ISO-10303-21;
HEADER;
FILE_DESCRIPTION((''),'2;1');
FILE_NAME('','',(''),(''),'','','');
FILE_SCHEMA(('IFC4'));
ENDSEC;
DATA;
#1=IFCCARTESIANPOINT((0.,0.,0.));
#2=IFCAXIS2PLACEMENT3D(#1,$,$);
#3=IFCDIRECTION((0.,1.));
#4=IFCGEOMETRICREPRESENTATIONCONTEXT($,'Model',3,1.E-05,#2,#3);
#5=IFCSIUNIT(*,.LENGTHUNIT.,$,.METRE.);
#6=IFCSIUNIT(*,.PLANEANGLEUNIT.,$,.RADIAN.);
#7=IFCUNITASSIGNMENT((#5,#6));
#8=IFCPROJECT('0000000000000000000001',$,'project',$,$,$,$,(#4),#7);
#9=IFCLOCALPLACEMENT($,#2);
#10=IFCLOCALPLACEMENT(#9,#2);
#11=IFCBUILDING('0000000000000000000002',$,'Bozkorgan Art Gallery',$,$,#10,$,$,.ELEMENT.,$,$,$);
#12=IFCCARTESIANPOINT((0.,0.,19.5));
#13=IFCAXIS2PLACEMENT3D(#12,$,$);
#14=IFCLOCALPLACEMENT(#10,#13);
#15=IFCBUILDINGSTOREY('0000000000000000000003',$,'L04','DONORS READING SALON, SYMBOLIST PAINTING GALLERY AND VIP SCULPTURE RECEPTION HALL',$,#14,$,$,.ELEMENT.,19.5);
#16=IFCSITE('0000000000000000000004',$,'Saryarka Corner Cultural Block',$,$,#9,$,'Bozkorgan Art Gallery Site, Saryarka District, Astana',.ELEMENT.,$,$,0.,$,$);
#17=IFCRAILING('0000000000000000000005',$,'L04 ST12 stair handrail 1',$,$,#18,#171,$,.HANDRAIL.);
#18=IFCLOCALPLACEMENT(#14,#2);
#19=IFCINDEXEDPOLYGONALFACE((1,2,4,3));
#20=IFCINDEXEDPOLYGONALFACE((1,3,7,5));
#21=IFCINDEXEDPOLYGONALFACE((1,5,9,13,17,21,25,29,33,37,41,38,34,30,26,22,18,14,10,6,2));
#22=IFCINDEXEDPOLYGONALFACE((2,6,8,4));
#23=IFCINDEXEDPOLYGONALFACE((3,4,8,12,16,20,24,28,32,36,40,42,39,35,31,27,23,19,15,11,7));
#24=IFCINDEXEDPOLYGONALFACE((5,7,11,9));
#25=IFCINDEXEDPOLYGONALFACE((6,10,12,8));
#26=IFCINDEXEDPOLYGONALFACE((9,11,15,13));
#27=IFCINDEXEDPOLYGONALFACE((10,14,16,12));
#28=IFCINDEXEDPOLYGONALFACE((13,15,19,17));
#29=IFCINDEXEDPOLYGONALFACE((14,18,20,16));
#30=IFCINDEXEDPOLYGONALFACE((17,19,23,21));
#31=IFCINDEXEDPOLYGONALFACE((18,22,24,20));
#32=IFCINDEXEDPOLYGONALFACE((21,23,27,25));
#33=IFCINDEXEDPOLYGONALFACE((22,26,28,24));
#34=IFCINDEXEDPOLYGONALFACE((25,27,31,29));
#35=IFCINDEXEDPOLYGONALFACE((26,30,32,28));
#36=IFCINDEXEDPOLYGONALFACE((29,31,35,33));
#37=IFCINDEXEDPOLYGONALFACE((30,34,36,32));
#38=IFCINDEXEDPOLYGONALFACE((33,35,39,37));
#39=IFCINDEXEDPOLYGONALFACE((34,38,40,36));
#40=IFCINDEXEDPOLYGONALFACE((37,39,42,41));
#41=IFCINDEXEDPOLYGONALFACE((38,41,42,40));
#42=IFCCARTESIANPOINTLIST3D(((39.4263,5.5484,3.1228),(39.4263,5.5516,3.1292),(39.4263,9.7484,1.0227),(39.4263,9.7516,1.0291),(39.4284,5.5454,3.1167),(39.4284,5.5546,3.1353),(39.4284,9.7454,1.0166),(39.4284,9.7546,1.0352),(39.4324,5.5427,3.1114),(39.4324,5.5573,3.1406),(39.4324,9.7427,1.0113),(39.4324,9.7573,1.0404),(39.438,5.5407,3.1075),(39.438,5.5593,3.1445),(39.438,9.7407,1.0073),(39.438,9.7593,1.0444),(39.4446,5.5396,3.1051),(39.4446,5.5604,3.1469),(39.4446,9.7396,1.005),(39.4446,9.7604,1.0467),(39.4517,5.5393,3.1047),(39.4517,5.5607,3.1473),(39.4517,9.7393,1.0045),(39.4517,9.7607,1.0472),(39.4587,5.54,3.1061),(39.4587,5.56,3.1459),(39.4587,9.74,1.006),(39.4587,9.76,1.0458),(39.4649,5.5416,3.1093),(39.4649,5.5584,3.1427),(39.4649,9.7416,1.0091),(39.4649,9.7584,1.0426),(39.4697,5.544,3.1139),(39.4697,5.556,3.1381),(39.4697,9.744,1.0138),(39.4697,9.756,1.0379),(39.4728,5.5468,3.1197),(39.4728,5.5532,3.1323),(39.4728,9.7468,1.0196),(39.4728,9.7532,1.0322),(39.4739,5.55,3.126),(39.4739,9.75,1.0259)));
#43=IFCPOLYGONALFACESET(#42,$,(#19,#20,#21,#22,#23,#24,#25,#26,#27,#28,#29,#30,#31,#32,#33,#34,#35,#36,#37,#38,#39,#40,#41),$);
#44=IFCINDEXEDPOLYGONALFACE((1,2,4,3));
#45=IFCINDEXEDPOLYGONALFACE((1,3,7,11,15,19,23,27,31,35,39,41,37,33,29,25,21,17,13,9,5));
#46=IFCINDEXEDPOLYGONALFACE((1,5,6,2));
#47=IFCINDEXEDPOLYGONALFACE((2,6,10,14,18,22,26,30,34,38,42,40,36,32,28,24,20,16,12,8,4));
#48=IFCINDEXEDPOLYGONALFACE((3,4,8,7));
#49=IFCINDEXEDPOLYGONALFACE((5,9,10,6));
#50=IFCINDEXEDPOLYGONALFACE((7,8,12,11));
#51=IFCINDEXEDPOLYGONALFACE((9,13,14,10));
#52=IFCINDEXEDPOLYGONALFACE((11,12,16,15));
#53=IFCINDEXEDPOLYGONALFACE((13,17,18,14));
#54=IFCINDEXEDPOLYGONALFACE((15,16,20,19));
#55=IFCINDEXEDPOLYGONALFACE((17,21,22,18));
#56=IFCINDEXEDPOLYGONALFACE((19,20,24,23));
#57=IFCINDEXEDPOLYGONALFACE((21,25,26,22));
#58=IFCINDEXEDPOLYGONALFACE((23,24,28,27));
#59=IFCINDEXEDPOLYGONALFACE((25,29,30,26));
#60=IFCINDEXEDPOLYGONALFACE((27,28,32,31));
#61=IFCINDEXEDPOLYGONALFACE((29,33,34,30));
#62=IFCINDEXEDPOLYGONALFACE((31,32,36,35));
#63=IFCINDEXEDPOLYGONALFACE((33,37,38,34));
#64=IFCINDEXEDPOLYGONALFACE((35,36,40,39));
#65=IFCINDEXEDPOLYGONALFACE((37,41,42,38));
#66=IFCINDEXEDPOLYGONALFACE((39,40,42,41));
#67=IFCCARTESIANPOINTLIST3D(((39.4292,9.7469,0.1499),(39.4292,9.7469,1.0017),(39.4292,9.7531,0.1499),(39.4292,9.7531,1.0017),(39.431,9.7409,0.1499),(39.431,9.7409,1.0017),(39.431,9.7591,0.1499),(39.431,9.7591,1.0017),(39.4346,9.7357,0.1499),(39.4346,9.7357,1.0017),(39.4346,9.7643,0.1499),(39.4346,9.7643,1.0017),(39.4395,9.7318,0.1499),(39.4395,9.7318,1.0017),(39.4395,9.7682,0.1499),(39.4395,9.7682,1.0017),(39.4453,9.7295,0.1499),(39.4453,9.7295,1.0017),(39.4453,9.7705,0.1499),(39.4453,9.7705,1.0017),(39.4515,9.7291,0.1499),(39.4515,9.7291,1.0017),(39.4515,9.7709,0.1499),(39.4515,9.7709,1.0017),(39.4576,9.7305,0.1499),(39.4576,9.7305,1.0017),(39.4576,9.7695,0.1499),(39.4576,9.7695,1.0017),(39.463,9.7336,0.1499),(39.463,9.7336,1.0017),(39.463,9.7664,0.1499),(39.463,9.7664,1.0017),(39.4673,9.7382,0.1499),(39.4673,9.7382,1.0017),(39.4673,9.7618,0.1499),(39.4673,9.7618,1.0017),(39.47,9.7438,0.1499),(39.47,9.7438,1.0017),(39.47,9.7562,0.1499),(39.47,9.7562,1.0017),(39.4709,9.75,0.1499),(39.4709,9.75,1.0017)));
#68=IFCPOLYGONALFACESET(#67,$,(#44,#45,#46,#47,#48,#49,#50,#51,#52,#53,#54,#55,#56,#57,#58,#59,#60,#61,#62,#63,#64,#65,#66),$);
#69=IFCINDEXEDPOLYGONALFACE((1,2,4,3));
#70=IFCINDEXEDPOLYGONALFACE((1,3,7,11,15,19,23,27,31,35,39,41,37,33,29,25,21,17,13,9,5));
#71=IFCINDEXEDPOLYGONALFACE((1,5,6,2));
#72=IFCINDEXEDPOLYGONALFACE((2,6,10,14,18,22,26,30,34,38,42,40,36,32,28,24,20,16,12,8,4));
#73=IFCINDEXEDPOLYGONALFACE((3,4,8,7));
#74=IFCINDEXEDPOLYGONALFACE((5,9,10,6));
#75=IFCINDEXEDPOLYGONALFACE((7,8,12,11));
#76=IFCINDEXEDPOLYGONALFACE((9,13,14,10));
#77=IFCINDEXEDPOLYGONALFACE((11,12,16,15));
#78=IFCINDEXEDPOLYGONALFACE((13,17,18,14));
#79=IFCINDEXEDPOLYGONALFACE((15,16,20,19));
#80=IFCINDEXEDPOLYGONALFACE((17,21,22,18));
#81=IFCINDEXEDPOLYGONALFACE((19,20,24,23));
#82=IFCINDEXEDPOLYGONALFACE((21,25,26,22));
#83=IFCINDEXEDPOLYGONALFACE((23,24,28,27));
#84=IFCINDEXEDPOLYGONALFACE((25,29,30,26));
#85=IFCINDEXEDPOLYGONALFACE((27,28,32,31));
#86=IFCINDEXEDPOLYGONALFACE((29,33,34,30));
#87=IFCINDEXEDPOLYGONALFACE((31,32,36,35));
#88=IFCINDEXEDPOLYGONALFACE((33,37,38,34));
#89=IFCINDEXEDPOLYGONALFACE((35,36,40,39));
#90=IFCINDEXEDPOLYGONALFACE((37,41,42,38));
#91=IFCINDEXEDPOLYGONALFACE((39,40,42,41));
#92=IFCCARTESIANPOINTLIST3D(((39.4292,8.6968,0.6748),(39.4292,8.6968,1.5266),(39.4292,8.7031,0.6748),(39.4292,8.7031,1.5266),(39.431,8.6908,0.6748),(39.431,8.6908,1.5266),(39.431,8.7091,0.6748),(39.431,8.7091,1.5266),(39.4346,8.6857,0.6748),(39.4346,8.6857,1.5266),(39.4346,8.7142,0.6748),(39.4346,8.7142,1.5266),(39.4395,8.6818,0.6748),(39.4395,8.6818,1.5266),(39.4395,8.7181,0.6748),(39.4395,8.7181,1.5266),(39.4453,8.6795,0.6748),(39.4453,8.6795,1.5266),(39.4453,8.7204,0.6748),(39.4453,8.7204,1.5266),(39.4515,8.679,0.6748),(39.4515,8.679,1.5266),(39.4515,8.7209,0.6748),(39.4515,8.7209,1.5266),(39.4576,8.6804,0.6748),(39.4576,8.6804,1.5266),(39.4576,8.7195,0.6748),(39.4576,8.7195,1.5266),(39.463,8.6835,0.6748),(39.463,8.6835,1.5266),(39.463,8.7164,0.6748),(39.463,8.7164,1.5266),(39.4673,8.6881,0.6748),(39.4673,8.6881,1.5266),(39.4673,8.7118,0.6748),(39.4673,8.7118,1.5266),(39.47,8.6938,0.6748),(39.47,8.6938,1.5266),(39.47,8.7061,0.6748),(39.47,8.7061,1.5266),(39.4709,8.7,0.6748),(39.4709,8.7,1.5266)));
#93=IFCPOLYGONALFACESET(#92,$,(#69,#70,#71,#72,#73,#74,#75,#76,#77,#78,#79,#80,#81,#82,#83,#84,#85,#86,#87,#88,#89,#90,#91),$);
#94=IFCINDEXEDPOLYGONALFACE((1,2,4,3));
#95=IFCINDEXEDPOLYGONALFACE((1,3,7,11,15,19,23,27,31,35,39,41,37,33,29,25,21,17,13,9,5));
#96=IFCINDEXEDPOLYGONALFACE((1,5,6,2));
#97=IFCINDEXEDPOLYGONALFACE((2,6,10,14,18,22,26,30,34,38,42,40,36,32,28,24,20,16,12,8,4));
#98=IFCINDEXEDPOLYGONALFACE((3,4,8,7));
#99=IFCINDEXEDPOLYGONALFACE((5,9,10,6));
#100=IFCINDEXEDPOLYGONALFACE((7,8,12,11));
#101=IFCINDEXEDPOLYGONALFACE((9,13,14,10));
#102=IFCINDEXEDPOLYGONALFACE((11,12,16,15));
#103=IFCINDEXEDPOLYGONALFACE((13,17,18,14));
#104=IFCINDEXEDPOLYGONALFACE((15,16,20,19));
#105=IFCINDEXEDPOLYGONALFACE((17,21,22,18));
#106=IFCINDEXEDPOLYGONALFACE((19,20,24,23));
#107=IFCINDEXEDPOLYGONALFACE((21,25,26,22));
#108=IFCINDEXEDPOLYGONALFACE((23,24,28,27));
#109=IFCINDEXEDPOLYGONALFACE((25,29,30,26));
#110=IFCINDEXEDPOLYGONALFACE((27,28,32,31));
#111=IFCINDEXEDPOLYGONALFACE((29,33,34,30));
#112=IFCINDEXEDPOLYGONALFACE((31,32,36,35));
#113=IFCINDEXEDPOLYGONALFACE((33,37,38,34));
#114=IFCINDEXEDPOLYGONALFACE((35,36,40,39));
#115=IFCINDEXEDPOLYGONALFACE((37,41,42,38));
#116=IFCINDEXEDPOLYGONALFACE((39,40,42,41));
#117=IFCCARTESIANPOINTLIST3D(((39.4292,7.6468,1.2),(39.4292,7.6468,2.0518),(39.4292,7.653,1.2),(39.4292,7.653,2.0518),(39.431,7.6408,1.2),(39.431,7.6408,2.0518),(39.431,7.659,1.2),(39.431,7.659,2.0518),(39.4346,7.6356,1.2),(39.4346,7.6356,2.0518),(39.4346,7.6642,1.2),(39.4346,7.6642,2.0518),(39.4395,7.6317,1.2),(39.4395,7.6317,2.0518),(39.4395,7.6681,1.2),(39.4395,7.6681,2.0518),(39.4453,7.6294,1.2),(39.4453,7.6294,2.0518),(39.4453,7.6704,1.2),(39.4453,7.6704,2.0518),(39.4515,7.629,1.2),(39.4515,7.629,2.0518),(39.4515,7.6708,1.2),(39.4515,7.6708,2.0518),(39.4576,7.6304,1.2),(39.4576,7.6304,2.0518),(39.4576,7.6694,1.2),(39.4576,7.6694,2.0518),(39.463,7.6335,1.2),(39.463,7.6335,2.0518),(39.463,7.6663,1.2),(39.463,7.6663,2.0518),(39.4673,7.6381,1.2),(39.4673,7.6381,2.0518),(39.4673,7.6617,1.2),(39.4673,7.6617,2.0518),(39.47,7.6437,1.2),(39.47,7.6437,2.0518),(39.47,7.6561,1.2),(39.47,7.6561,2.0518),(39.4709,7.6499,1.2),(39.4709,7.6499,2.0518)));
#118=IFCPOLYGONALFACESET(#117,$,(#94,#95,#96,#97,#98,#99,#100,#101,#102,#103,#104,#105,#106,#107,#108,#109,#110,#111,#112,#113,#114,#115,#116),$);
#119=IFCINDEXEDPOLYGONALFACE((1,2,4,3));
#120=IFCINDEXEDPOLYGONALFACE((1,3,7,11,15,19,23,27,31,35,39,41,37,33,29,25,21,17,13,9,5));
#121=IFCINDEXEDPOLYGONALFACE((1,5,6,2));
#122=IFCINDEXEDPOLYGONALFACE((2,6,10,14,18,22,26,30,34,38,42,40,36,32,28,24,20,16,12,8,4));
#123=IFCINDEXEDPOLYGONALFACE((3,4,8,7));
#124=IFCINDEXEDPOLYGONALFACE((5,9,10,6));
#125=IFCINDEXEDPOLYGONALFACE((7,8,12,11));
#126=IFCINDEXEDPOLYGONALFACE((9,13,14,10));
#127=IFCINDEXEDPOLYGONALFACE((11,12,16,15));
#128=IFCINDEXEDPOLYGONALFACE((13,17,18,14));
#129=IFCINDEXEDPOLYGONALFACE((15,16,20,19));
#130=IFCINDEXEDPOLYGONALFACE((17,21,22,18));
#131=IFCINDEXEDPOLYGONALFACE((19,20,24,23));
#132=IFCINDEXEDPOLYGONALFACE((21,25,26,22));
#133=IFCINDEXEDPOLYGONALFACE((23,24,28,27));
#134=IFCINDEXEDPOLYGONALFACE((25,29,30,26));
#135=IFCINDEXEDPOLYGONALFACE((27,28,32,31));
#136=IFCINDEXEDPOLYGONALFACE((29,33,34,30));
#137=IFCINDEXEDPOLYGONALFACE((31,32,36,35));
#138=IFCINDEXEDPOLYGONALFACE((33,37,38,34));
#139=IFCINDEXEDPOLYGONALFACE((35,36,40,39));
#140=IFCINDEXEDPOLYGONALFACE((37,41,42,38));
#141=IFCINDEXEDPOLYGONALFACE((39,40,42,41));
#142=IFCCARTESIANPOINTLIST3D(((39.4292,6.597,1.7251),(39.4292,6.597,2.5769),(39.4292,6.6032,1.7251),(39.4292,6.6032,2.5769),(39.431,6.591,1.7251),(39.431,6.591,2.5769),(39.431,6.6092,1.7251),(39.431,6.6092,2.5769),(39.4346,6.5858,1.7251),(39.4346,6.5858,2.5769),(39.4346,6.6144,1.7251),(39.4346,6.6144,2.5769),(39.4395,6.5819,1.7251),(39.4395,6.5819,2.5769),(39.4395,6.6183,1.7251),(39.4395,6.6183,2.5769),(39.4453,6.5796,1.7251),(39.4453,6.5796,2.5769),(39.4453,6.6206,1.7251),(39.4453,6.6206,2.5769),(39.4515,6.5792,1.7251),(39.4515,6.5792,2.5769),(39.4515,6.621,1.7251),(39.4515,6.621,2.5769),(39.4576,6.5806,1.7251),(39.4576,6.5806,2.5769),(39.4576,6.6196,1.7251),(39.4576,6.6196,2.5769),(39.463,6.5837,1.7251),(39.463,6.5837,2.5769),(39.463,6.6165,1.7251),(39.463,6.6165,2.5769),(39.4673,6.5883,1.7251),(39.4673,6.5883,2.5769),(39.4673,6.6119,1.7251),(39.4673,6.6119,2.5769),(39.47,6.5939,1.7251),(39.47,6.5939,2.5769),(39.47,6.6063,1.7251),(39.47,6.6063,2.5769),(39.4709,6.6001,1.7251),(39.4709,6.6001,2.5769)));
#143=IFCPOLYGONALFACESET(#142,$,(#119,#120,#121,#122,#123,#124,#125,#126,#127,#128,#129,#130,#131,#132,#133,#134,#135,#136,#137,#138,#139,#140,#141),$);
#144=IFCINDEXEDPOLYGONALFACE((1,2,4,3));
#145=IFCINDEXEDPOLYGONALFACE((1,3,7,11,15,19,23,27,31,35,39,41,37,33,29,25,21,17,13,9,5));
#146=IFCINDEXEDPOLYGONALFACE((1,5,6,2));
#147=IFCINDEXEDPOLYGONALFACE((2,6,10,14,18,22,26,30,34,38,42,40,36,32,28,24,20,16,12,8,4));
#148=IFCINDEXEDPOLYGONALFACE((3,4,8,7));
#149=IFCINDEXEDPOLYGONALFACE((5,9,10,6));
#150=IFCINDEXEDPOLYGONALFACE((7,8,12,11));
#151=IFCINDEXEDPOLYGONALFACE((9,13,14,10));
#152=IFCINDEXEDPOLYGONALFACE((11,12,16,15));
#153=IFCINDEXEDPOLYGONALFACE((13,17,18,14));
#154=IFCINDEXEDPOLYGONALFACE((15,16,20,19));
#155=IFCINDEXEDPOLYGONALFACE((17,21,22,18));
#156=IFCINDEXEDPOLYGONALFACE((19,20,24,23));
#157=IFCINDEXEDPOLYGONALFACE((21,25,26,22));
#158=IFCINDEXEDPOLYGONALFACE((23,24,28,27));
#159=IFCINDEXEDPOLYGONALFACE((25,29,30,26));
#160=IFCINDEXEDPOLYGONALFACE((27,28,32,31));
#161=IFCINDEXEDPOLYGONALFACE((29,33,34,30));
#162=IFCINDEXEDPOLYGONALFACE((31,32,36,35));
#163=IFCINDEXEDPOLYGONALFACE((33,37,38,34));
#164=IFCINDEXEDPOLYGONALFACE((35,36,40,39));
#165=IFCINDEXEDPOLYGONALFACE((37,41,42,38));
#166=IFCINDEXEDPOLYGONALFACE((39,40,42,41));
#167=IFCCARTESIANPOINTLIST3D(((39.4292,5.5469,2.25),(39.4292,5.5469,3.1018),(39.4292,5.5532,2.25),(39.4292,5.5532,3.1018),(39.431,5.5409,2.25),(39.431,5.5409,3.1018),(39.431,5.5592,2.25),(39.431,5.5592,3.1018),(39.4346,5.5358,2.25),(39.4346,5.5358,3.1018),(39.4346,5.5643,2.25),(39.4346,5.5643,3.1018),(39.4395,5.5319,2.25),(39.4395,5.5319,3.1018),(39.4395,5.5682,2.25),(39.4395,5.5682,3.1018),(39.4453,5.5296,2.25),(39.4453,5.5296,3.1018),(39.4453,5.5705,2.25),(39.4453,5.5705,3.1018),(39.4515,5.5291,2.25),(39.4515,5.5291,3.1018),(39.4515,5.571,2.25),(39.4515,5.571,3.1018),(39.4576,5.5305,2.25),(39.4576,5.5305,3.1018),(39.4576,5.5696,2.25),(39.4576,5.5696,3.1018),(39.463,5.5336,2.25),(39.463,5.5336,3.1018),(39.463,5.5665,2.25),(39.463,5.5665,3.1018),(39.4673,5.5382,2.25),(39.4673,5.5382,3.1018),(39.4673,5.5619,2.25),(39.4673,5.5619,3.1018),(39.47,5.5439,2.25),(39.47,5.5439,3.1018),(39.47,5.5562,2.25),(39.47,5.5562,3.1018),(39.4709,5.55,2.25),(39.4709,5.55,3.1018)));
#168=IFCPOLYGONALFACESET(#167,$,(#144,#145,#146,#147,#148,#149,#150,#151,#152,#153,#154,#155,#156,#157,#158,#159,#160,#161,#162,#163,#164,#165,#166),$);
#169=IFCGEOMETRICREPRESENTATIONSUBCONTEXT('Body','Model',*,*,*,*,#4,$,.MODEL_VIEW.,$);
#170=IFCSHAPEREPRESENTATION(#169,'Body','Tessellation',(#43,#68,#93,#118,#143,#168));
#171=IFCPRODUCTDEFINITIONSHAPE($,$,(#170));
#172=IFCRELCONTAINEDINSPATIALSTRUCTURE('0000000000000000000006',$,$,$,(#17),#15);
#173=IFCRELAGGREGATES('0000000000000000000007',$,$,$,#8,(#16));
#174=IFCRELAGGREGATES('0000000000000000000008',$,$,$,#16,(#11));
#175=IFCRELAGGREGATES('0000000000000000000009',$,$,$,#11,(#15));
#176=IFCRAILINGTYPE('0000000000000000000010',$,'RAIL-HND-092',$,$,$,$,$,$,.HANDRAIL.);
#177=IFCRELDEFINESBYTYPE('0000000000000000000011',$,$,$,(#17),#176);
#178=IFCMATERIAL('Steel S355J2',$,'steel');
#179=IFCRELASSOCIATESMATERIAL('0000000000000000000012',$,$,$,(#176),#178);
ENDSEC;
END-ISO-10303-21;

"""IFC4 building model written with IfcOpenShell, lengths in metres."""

from ifc_helpers import new_model, si_unit, direction, frame, origin, origin_2d, place, context, subcontext, project, spatial, circle, extrude, material, type_object, element, save


model = new_model("IFC4")

# Units and contexts
model_context = context("Model", 3, precision=1e-05, world=origin(), true_north=direction((0.0, 1.0)))
body_context = subcontext(model_context, "Body", "Model", "MODEL_VIEW")
ifc_project = project(units=[si_unit("LENGTHUNIT", "METRE"), si_unit("PLANEANGLEUNIT", "RADIAN")], contexts=[model_context])

# Site, building, storey
site_placement = place(None, origin())
site = spatial("IfcSite", under=ifc_project, at=site_placement, Name="Saryarka Corner Cultural Block", LongName="Bozkorgan Art Gallery Site, Saryarka District, Astana", CompositionType="ELEMENT", RefElevation=0.0)
building_placement = place(site_placement, origin())
building = spatial("IfcBuilding", under=site, at=building_placement, Name="Bozkorgan Art Gallery", CompositionType="ELEMENT")
storey_placement = place(building_placement, frame((0.0, 0.0, 19.5)))
storey = spatial("IfcBuildingStorey", under=building, at=storey_placement, Name="L04", Description="DONORS READING SALON, SYMBOLIST PAINTING GALLERY AND VIP SCULPTURE RECEPTION HALL", CompositionType="ELEMENT", Elevation=19.5)

# Shared definitions
ifc_material_1 = material(Name="Steel S355J2", Category="steel")

# Railing
railing_type_1 = type_object("IfcRailingType", Name="RAIL-HND-092", PredefinedType="HANDRAIL", material=ifc_material_1)
railing_1_placement = place(storey_placement, frame((39.45, 9.75, 0.1499)))
element("IfcRailing", 1, at=railing_1_placement, inside=storey, type_object=railing_type_1, Name="L04 ST12 stair handrail 1", PredefinedType="HANDRAIL", context=body_context, shape_type="SweptSolid", body=[
    extrude(circle(Radius=0.0239, at=origin_2d()), frame((0.0, 0.0, 0.876), z_axis=(0.0, -0.894417, 0.447234), x_axis=(1.0, 0.0, 0.0)), (0.0, 0.0, 1.0), 4.6958),
    extrude(circle(Radius=0.021, at=origin_2d()), origin(), (0.0, 0.0, 1.0), 0.8518),
    extrude(circle(Radius=0.021, at=origin_2d()), frame((0.0, -1.05, 0.5249)), (0.0, 0.0, 1.0), 0.8518),
    extrude(circle(Radius=0.021, at=origin_2d()), frame((0.0, -2.1001, 1.05)), (0.0, 0.0, 1.0), 0.8518),
    extrude(circle(Radius=0.021, at=origin_2d()), frame((0.0, -3.1499, 1.5752)), (0.0, 0.0, 1.0), 0.8518),
    extrude(circle(Radius=0.021, at=origin_2d()), frame((0.0, -4.2, 2.1001)), (0.0, 0.0, 1.0), 0.8518),
])

save(model, "model.ifc")
